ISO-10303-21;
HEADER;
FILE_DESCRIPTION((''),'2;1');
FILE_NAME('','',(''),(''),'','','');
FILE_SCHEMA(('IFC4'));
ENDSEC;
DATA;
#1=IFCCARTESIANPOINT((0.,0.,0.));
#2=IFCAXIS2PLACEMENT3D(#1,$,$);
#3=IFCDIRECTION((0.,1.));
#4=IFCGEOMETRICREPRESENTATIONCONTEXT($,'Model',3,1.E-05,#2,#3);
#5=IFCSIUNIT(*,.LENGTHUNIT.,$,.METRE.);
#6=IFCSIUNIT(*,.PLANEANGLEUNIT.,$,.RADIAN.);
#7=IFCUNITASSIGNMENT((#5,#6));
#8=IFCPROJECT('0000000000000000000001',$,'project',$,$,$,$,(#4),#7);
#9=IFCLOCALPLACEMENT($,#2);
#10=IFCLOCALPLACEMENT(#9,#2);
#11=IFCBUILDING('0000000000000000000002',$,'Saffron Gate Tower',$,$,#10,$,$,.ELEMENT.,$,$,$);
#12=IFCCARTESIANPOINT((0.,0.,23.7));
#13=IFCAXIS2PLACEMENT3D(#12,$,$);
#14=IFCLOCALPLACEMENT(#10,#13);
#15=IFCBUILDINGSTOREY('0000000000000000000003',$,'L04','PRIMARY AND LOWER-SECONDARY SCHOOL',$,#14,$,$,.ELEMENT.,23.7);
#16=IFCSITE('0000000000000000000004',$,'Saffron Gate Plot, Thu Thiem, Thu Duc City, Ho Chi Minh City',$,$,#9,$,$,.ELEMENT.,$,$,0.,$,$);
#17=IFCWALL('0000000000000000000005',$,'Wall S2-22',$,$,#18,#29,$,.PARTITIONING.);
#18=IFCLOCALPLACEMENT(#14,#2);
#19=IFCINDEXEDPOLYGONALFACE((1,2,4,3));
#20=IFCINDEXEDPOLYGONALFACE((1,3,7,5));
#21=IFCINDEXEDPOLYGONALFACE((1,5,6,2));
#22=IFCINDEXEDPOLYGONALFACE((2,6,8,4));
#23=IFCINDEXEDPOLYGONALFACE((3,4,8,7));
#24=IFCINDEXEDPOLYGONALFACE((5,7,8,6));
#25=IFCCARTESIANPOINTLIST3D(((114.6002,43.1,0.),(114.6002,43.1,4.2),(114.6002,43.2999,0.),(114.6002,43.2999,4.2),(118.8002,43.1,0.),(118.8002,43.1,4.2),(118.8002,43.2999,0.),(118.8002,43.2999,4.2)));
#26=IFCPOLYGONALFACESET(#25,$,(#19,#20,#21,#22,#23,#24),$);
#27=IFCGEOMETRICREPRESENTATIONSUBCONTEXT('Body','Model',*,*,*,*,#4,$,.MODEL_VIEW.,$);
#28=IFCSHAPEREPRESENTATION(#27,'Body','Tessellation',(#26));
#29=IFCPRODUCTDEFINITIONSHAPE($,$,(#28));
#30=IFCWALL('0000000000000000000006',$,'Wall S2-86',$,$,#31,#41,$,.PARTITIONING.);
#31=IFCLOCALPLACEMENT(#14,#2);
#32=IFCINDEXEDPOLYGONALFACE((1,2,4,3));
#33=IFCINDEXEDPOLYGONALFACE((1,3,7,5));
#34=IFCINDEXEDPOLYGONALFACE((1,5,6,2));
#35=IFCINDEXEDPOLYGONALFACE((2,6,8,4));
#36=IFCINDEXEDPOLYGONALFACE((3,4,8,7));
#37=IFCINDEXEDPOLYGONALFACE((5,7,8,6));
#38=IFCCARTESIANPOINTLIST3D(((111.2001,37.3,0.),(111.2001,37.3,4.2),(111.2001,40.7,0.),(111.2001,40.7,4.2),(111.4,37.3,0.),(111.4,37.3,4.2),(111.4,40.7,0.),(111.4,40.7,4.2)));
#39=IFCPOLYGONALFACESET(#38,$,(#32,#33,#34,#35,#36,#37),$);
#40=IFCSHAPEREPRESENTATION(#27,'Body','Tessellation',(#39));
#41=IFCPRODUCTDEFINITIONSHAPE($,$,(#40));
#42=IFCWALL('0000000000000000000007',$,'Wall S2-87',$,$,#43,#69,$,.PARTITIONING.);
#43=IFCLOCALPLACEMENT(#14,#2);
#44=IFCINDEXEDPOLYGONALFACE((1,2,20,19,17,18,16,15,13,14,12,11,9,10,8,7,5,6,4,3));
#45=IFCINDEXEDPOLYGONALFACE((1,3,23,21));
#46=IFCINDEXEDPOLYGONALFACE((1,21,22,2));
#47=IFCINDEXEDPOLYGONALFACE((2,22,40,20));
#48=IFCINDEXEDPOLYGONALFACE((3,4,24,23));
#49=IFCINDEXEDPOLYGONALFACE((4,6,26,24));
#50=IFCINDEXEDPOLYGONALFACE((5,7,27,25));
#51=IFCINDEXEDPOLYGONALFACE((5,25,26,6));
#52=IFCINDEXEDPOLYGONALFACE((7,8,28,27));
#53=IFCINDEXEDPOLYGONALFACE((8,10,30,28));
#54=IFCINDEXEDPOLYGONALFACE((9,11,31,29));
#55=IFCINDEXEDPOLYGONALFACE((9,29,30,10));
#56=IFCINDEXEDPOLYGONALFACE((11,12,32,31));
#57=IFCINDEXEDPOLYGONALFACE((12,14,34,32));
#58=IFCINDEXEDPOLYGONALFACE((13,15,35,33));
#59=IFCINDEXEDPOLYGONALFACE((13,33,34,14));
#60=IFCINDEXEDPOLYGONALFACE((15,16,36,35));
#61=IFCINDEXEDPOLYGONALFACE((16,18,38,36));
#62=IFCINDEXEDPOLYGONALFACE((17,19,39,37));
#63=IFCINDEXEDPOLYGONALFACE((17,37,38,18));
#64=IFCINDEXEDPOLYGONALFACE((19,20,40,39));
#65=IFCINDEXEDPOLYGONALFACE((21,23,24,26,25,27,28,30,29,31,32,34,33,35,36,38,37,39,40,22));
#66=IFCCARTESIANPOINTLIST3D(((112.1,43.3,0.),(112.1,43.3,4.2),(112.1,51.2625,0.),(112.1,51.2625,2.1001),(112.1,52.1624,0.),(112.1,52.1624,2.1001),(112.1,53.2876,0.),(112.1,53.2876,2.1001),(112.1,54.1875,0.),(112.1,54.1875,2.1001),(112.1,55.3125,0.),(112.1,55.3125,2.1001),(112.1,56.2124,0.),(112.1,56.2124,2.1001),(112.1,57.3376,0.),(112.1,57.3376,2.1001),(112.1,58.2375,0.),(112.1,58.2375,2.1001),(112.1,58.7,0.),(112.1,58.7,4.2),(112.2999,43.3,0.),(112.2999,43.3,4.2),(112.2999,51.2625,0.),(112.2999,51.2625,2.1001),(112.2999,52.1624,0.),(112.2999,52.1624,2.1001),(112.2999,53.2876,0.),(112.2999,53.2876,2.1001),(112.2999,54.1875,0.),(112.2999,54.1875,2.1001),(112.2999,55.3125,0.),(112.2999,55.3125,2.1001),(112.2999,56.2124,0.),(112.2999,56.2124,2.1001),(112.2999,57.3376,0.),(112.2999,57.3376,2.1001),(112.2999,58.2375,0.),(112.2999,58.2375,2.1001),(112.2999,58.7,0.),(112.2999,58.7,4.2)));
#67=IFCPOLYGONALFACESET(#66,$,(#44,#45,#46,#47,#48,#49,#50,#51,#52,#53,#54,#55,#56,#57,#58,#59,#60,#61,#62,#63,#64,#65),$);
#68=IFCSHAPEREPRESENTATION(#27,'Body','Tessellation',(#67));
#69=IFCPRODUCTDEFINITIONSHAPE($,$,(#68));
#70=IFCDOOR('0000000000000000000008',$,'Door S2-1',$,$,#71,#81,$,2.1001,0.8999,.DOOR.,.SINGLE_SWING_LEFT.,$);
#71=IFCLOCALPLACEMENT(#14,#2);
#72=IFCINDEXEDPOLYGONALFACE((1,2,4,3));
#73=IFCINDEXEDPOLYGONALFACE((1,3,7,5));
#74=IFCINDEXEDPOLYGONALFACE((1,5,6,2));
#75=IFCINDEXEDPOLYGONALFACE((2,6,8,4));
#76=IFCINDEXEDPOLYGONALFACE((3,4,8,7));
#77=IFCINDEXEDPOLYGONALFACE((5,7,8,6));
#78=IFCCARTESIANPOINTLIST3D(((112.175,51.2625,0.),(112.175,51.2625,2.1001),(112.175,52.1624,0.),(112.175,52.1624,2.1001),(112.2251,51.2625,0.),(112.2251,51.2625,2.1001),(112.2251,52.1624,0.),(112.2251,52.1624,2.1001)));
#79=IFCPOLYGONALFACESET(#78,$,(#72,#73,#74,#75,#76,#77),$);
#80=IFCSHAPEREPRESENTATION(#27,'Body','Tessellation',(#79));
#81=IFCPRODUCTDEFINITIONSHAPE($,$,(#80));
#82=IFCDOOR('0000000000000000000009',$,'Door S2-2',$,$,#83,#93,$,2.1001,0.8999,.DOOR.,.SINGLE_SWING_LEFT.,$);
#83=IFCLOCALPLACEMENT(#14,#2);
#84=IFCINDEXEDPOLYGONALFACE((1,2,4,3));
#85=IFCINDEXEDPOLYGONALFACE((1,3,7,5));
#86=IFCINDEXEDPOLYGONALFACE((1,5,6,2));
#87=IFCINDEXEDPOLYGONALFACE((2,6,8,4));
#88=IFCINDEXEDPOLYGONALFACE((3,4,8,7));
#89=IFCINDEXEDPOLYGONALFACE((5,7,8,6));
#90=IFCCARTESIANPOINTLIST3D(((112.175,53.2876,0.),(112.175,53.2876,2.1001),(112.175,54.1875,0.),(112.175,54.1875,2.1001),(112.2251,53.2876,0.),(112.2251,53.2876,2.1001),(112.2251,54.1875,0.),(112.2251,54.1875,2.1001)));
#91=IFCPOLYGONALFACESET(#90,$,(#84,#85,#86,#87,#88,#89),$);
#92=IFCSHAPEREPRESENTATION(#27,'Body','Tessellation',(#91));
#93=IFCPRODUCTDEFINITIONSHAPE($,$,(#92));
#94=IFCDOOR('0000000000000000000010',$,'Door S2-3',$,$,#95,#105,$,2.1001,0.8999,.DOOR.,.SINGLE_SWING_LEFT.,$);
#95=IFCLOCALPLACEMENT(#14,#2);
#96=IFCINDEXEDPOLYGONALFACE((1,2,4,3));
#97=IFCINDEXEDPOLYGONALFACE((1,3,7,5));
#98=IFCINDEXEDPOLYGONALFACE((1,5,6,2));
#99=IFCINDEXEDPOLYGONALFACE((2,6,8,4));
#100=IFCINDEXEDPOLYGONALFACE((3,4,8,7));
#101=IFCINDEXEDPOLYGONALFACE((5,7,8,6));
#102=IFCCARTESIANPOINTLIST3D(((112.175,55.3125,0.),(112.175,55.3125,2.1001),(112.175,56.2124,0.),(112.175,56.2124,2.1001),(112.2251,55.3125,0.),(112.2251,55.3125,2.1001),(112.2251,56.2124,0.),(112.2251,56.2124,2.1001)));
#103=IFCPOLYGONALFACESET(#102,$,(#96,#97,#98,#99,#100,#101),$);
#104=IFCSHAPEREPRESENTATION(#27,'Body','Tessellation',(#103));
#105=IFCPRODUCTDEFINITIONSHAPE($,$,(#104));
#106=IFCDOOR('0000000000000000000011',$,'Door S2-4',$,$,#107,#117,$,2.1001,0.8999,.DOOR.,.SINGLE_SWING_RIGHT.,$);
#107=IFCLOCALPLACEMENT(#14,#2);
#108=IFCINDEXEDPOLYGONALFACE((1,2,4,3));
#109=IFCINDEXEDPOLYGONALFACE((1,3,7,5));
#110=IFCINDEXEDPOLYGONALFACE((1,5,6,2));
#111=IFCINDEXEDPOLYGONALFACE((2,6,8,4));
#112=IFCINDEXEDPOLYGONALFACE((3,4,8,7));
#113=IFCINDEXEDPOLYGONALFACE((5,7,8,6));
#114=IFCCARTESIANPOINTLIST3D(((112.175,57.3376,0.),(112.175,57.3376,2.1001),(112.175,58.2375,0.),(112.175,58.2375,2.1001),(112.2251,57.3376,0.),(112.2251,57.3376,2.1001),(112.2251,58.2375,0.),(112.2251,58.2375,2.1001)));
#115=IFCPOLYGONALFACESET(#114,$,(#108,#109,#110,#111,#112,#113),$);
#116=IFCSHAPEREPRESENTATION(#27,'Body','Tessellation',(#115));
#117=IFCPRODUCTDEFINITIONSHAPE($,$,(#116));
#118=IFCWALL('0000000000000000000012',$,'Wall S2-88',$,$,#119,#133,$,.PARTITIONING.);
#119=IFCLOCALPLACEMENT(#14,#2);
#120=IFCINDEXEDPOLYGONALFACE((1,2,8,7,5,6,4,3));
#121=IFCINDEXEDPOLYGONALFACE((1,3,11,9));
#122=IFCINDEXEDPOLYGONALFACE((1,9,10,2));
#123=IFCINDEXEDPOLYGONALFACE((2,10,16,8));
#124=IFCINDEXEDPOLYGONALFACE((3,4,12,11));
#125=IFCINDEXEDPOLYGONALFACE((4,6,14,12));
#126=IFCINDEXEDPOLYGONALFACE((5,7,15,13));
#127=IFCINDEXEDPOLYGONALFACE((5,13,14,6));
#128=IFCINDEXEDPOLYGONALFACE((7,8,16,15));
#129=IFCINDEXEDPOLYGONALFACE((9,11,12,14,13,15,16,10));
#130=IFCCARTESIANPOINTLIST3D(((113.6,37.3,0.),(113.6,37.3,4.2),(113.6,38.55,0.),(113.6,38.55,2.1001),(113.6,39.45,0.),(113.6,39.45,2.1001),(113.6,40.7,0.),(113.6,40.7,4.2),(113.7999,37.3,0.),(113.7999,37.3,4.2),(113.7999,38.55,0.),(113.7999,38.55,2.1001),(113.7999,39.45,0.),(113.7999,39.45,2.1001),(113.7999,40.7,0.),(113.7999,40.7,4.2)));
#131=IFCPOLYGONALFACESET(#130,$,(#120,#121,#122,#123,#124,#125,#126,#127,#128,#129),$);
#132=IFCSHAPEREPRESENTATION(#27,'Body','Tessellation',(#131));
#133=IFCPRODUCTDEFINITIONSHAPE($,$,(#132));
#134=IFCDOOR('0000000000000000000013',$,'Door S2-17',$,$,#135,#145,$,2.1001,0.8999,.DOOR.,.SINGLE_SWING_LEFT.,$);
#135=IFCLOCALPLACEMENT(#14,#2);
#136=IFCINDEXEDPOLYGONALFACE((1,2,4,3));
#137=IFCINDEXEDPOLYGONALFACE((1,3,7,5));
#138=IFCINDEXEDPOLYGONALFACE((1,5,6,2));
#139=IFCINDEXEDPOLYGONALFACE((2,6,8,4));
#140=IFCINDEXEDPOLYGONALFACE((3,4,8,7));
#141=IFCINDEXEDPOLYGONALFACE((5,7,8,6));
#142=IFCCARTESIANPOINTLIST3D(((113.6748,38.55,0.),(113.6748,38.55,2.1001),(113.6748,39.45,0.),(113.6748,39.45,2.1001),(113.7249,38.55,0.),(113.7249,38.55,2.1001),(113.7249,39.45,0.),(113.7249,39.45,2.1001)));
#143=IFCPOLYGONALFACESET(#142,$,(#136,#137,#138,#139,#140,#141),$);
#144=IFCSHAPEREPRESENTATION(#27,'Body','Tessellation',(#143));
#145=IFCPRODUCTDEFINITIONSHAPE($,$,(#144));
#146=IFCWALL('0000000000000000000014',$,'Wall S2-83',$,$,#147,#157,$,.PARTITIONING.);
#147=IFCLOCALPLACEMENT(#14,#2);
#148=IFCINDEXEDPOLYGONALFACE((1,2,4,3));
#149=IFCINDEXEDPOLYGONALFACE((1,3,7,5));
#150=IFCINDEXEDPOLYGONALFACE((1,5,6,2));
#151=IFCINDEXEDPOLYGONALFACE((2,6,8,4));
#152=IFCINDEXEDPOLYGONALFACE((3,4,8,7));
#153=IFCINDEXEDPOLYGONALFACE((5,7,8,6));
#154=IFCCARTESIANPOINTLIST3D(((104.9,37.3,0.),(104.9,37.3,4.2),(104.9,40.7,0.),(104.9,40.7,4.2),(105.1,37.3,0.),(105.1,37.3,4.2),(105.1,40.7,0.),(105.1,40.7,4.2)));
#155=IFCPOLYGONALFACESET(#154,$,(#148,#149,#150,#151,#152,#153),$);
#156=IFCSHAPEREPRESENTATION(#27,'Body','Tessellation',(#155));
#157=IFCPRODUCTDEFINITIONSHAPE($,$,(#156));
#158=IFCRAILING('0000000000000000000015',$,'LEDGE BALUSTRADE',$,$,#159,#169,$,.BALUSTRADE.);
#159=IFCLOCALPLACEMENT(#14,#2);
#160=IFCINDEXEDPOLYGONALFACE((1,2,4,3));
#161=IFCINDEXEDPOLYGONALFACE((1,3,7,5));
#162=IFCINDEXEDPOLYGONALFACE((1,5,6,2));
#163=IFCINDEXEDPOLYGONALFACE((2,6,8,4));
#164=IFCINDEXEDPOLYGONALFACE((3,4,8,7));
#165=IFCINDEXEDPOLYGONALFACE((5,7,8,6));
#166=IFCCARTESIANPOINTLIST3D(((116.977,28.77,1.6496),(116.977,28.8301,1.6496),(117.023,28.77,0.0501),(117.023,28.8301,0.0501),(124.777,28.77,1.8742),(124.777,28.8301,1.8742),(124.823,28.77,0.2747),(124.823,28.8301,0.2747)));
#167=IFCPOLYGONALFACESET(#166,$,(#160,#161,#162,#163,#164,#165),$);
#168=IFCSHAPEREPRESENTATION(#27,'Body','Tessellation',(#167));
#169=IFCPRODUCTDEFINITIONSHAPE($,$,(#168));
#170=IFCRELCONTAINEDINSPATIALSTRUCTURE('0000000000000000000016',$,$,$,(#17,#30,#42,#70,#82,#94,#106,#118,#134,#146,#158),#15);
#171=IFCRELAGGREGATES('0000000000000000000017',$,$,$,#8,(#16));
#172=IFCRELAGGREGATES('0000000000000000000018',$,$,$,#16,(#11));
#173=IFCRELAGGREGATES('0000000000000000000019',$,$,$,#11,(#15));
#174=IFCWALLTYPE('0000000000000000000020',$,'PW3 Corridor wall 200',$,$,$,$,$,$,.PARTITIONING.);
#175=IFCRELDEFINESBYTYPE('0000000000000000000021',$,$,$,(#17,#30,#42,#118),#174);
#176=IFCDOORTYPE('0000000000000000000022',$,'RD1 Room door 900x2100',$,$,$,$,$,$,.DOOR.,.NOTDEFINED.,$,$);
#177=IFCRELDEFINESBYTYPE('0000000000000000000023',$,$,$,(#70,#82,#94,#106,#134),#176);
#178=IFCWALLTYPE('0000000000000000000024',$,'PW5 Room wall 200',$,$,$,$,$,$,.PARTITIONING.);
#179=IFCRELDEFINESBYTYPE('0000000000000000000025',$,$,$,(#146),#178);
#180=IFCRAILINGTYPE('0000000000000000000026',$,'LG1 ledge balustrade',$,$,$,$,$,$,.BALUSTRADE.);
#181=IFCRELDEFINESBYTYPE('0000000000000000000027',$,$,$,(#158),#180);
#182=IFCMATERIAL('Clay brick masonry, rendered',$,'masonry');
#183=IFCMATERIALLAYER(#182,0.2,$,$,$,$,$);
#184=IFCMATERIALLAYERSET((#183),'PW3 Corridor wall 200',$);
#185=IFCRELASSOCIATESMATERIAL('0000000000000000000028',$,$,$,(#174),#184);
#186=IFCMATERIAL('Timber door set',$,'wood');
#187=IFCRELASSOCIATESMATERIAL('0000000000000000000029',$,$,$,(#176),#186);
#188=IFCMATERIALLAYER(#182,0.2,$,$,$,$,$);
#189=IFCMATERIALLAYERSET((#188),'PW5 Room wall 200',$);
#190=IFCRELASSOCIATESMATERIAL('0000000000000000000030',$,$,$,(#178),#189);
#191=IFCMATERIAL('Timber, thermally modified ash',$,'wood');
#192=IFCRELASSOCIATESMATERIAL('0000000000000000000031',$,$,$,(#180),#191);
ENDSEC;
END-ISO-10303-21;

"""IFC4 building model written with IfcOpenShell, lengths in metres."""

from ifc_helpers import new_model, si_unit, direction, frame, frame_2d, origin, origin_2d, place, context, subcontext, project, spatial, rectangle, extrude, material, layer, layer_set, type_object, element, fill, save


model = new_model("IFC4")

# Units and contexts
model_context = context("Model", 3, precision=1e-05, world=origin(), true_north=direction((0.0, 1.0)))
body_context = subcontext(model_context, "Body", "Model", "MODEL_VIEW")
ifc_project = project(units=[si_unit("LENGTHUNIT", "METRE"), si_unit("PLANEANGLEUNIT", "RADIAN")], contexts=[model_context])

# Site, building, storey
site_placement = place(None, origin())
site = spatial("IfcSite", under=ifc_project, at=site_placement, Name="Saffron Gate Plot, Thu Thiem, Thu Duc City, Ho Chi Minh City", CompositionType="ELEMENT", RefElevation=0.0)
building_placement = place(site_placement, origin())
building = spatial("IfcBuilding", under=site, at=building_placement, Name="Saffron Gate Tower", CompositionType="ELEMENT")
storey_placement = place(building_placement, frame((0.0, 0.0, 23.7)))
storey = spatial("IfcBuildingStorey", under=building, at=storey_placement, Name="L04", Description="PRIMARY AND LOWER-SECONDARY SCHOOL", CompositionType="ELEMENT", Elevation=23.7)

# Shared definitions
ifc_material_1 = material(Name="Clay brick masonry, rendered", Category="masonry")
ifc_layer_1 = layer(ifc_material_1, 0.2)
ifc_layer_set_1 = layer_set([ifc_layer_1], Name="PW3 Corridor wall 200")
wall_type_1 = type_object("IfcWallType", Name="PW3 Corridor wall 200", PredefinedType="PARTITIONING", material=ifc_layer_set_1)

# Walls
wall_1_placement = place(storey_placement, frame((114.6001, 43.2, 0.0), z_axis=(0.0, 0.0, 1.0), x_axis=(1.0, 0.0, 0.0)))
element("IfcWall", 1, at=wall_1_placement, inside=storey, type_object=wall_type_1, Name="Wall S2-22", PredefinedType="PARTITIONING", context=body_context, shape_type="SweptSolid", body=[
    extrude(rectangle(XDim=4.2, YDim=0.2, at=frame_2d((2.1001, 0.0))), origin(), (0.0, 0.0, 1.0), 4.2),
])
wall_2_placement = place(storey_placement, frame((111.3, 40.7, 0.0), z_axis=(0.0, 0.0, 1.0), x_axis=(0.0, -1.0, 0.0)))
element("IfcWall", 2, at=wall_2_placement, inside=storey, type_object=wall_type_1, Name="Wall S2-86", PredefinedType="PARTITIONING", context=body_context, shape_type="SweptSolid", body=[
    extrude(rectangle(XDim=3.3999, YDim=0.2, at=frame_2d((1.7, 0.0))), origin(), (0.0, 0.0, 1.0), 4.2),
])

# Wall, openings, doors
wall_3_placement = place(storey_placement, frame((112.2, 43.3, 0.0), z_axis=(0.0, 0.0, 1.0), x_axis=(0.0, 1.0, 0.0)))
wall_3 = element("IfcWall", 3, at=wall_3_placement, inside=storey, type_object=wall_type_1, Name="Wall S2-87", PredefinedType="PARTITIONING", context=body_context, shape_type="SweptSolid", body=[
    extrude(rectangle(XDim=15.3999, YDim=0.2, at=frame_2d((7.7, 0.0))), origin(), (0.0, 0.0, 1.0), 4.2),
])
opening_1_placement = place(wall_3_placement, frame((7.9624, 0.0, 0.0)))
opening_1 = element("IfcOpeningElement", 4, at=opening_1_placement, cuts=wall_3, PredefinedType="OPENING", context=body_context, shape_type="SweptSolid", body=[
    extrude(rectangle(XDim=0.8999, YDim=2.1001, at=frame_2d((0.45, 1.05))), frame((0.0, 0.1099, 0.0), z_axis=(0.0, -1.0, 0.0), x_axis=(1.0, 0.0, 0.0)), (0.0, 0.0, 1.0), 0.22),
])
opening_2_placement = place(wall_3_placement, frame((9.9875, 0.0, 0.0)))
opening_2 = element("IfcOpeningElement", 5, at=opening_2_placement, cuts=wall_3, PredefinedType="OPENING", context=body_context, shape_type="SweptSolid", body=[
    extrude(rectangle(XDim=0.8999, YDim=2.1001, at=frame_2d((0.45, 1.05))), frame((0.0, 0.1099, 0.0), z_axis=(0.0, -1.0, 0.0), x_axis=(1.0, 0.0, 0.0)), (0.0, 0.0, 1.0), 0.22),
])
opening_3_placement = place(wall_3_placement, frame((12.0125, 0.0, 0.0)))
opening_3 = element("IfcOpeningElement", 6, at=opening_3_placement, cuts=wall_3, PredefinedType="OPENING", context=body_context, shape_type="SweptSolid", body=[
    extrude(rectangle(XDim=0.8999, YDim=2.1001, at=frame_2d((0.45, 1.05))), frame((0.0, 0.1099, 0.0), z_axis=(0.0, -1.0, 0.0), x_axis=(1.0, 0.0, 0.0)), (0.0, 0.0, 1.0), 0.22),
])
opening_4_placement = place(wall_3_placement, frame((14.0376, 0.0, 0.0)))
opening_4 = element("IfcOpeningElement", 7, at=opening_4_placement, cuts=wall_3, PredefinedType="OPENING", context=body_context, shape_type="SweptSolid", body=[
    extrude(rectangle(XDim=0.8999, YDim=2.1001, at=frame_2d((0.45, 1.05))), frame((0.0, 0.1099, 0.0), z_axis=(0.0, -1.0, 0.0), x_axis=(1.0, 0.0, 0.0)), (0.0, 0.0, 1.0), 0.22),
])
ifc_material_2 = material(Name="Timber door set", Category="wood")
door_type_1 = type_object("IfcDoorType", Name="RD1 Room door 900x2100", OperationType="NOTDEFINED", PredefinedType="DOOR", material=ifc_material_2)
door_1_placement = place(opening_1_placement, origin())
door_1 = element("IfcDoor", 8, at=door_1_placement, inside=storey, type_object=door_type_1, Name="Door S2-1", OperationType="SINGLE_SWING_LEFT", OverallHeight=2.1001, OverallWidth=0.8999, PredefinedType="DOOR", context=body_context, shape_type="SweptSolid", body=[
    extrude(rectangle(XDim=0.8999, YDim=2.1001, at=frame_2d((0.45, 1.05))), frame((0.0, 0.0249, 0.0), z_axis=(0.0, -1.0, 0.0), x_axis=(1.0, 0.0, 0.0)), (0.0, 0.0, 1.0), 0.05),
])
fill(opening_1, door_1)
door_2_placement = place(opening_2_placement, origin())
door_2 = element("IfcDoor", 9, at=door_2_placement, inside=storey, type_object=door_type_1, Name="Door S2-2", OperationType="SINGLE_SWING_LEFT", OverallHeight=2.1001, OverallWidth=0.8999, PredefinedType="DOOR", context=body_context, shape_type="SweptSolid", body=[
    extrude(rectangle(XDim=0.8999, YDim=2.1001, at=frame_2d((0.45, 1.05))), frame((0.0, 0.0249, 0.0), z_axis=(0.0, -1.0, 0.0), x_axis=(1.0, 0.0, 0.0)), (0.0, 0.0, 1.0), 0.05),
])
fill(opening_2, door_2)
door_3_placement = place(opening_3_placement, origin())
door_3 = element("IfcDoor", 10, at=door_3_placement, inside=storey, type_object=door_type_1, Name="Door S2-3", OperationType="SINGLE_SWING_LEFT", OverallHeight=2.1001, OverallWidth=0.8999, PredefinedType="DOOR", context=body_context, shape_type="SweptSolid", body=[
    extrude(rectangle(XDim=0.8999, YDim=2.1001, at=frame_2d((0.45, 1.05))), frame((0.0, 0.0249, 0.0), z_axis=(0.0, -1.0, 0.0), x_axis=(1.0, 0.0, 0.0)), (0.0, 0.0, 1.0), 0.05),
])
fill(opening_3, door_3)
door_4_placement = place(opening_4_placement, origin())
door_4 = element("IfcDoor", 11, at=door_4_placement, inside=storey, type_object=door_type_1, Name="Door S2-4", OperationType="SINGLE_SWING_RIGHT", OverallHeight=2.1001, OverallWidth=0.8999, PredefinedType="DOOR", context=body_context, shape_type="SweptSolid", body=[
    extrude(rectangle(XDim=0.8999, YDim=2.1001, at=frame_2d((0.45, 1.05))), frame((0.0, 0.0249, 0.0), z_axis=(0.0, -1.0, 0.0), x_axis=(1.0, 0.0, 0.0)), (0.0, 0.0, 1.0), 0.05),
])
fill(opening_4, door_4)

# Wall, opening, door
wall_4_placement = place(storey_placement, frame((113.7, 40.7, 0.0), z_axis=(0.0, 0.0, 1.0), x_axis=(0.0, -1.0, 0.0)))
wall_4 = element("IfcWall", 12, at=wall_4_placement, inside=storey, type_object=wall_type_1, Name="Wall S2-88", PredefinedType="PARTITIONING", context=body_context, shape_type="SweptSolid", body=[
    extrude(rectangle(XDim=3.3999, YDim=0.2, at=frame_2d((1.7, 0.0))), origin(), (0.0, 0.0, 1.0), 4.2),
])
opening_5_placement = place(wall_4_placement, frame((1.25, 0.0, 0.0)))
opening_5 = element("IfcOpeningElement", 13, at=opening_5_placement, cuts=wall_4, PredefinedType="OPENING", context=body_context, shape_type="SweptSolid", body=[
    extrude(rectangle(XDim=0.8999, YDim=2.1001, at=frame_2d((0.45, 1.05))), frame((0.0, 0.1099, 0.0), z_axis=(0.0, -1.0, 0.0), x_axis=(1.0, 0.0, 0.0)), (0.0, 0.0, 1.0), 0.22),
])
door_5_placement = place(opening_5_placement, origin())
door_5 = element("IfcDoor", 14, at=door_5_placement, inside=storey, type_object=door_type_1, Name="Door S2-17", OperationType="SINGLE_SWING_LEFT", OverallHeight=2.1001, OverallWidth=0.8999, PredefinedType="DOOR", context=body_context, shape_type="SweptSolid", body=[
    extrude(rectangle(XDim=0.8999, YDim=2.1001, at=frame_2d((0.45, 1.05))), frame((0.0, 0.0249, 0.0), z_axis=(0.0, -1.0, 0.0), x_axis=(1.0, 0.0, 0.0)), (0.0, 0.0, 1.0), 0.05),
])
fill(opening_5, door_5)

# Wall
ifc_layer_2 = layer(ifc_material_1, 0.2)
ifc_layer_set_2 = layer_set([ifc_layer_2], Name="PW5 Room wall 200")
wall_type_2 = type_object("IfcWallType", Name="PW5 Room wall 200", PredefinedType="PARTITIONING", material=ifc_layer_set_2)
wall_5_placement = place(storey_placement, frame((105.0, 40.7, 0.0), z_axis=(0.0, 0.0, 1.0), x_axis=(0.0, -1.0, 0.0)))
element("IfcWall", 15, at=wall_5_placement, inside=storey, type_object=wall_type_2, Name="Wall S2-83", PredefinedType="PARTITIONING", context=body_context, shape_type="SweptSolid", body=[
    extrude(rectangle(XDim=3.3999, YDim=0.2, at=frame_2d((1.7, 0.0))), origin(), (0.0, 0.0, 1.0), 4.2),
])

# Railing
ifc_material_3 = material(Name="Timber, thermally modified ash", Category="wood")
railing_type = type_object("IfcRailingType", Name="LG1 ledge balustrade", PredefinedType="BALUSTRADE", material=ifc_material_3)
railing_1_placement = place(storey_placement, frame((117.0, 28.8, 0.0498)))
element("IfcRailing", 16, at=railing_1_placement, inside=storey, type_object=railing_type, Name="LEDGE BALUSTRADE", PredefinedType="BALUSTRADE", context=body_context, shape_type="SweptSolid", body=[
    extrude(rectangle(XDim=0.0601, YDim=1.6001, at=origin_2d()), frame((0.0, 0.0, 0.8), z_axis=(0.999586, 0.0, 0.028784), x_axis=(0.0, 1.0, 0.0)), (0.0, 0.0, 1.0), 7.8032),
])

save(model, "model.ifc")
